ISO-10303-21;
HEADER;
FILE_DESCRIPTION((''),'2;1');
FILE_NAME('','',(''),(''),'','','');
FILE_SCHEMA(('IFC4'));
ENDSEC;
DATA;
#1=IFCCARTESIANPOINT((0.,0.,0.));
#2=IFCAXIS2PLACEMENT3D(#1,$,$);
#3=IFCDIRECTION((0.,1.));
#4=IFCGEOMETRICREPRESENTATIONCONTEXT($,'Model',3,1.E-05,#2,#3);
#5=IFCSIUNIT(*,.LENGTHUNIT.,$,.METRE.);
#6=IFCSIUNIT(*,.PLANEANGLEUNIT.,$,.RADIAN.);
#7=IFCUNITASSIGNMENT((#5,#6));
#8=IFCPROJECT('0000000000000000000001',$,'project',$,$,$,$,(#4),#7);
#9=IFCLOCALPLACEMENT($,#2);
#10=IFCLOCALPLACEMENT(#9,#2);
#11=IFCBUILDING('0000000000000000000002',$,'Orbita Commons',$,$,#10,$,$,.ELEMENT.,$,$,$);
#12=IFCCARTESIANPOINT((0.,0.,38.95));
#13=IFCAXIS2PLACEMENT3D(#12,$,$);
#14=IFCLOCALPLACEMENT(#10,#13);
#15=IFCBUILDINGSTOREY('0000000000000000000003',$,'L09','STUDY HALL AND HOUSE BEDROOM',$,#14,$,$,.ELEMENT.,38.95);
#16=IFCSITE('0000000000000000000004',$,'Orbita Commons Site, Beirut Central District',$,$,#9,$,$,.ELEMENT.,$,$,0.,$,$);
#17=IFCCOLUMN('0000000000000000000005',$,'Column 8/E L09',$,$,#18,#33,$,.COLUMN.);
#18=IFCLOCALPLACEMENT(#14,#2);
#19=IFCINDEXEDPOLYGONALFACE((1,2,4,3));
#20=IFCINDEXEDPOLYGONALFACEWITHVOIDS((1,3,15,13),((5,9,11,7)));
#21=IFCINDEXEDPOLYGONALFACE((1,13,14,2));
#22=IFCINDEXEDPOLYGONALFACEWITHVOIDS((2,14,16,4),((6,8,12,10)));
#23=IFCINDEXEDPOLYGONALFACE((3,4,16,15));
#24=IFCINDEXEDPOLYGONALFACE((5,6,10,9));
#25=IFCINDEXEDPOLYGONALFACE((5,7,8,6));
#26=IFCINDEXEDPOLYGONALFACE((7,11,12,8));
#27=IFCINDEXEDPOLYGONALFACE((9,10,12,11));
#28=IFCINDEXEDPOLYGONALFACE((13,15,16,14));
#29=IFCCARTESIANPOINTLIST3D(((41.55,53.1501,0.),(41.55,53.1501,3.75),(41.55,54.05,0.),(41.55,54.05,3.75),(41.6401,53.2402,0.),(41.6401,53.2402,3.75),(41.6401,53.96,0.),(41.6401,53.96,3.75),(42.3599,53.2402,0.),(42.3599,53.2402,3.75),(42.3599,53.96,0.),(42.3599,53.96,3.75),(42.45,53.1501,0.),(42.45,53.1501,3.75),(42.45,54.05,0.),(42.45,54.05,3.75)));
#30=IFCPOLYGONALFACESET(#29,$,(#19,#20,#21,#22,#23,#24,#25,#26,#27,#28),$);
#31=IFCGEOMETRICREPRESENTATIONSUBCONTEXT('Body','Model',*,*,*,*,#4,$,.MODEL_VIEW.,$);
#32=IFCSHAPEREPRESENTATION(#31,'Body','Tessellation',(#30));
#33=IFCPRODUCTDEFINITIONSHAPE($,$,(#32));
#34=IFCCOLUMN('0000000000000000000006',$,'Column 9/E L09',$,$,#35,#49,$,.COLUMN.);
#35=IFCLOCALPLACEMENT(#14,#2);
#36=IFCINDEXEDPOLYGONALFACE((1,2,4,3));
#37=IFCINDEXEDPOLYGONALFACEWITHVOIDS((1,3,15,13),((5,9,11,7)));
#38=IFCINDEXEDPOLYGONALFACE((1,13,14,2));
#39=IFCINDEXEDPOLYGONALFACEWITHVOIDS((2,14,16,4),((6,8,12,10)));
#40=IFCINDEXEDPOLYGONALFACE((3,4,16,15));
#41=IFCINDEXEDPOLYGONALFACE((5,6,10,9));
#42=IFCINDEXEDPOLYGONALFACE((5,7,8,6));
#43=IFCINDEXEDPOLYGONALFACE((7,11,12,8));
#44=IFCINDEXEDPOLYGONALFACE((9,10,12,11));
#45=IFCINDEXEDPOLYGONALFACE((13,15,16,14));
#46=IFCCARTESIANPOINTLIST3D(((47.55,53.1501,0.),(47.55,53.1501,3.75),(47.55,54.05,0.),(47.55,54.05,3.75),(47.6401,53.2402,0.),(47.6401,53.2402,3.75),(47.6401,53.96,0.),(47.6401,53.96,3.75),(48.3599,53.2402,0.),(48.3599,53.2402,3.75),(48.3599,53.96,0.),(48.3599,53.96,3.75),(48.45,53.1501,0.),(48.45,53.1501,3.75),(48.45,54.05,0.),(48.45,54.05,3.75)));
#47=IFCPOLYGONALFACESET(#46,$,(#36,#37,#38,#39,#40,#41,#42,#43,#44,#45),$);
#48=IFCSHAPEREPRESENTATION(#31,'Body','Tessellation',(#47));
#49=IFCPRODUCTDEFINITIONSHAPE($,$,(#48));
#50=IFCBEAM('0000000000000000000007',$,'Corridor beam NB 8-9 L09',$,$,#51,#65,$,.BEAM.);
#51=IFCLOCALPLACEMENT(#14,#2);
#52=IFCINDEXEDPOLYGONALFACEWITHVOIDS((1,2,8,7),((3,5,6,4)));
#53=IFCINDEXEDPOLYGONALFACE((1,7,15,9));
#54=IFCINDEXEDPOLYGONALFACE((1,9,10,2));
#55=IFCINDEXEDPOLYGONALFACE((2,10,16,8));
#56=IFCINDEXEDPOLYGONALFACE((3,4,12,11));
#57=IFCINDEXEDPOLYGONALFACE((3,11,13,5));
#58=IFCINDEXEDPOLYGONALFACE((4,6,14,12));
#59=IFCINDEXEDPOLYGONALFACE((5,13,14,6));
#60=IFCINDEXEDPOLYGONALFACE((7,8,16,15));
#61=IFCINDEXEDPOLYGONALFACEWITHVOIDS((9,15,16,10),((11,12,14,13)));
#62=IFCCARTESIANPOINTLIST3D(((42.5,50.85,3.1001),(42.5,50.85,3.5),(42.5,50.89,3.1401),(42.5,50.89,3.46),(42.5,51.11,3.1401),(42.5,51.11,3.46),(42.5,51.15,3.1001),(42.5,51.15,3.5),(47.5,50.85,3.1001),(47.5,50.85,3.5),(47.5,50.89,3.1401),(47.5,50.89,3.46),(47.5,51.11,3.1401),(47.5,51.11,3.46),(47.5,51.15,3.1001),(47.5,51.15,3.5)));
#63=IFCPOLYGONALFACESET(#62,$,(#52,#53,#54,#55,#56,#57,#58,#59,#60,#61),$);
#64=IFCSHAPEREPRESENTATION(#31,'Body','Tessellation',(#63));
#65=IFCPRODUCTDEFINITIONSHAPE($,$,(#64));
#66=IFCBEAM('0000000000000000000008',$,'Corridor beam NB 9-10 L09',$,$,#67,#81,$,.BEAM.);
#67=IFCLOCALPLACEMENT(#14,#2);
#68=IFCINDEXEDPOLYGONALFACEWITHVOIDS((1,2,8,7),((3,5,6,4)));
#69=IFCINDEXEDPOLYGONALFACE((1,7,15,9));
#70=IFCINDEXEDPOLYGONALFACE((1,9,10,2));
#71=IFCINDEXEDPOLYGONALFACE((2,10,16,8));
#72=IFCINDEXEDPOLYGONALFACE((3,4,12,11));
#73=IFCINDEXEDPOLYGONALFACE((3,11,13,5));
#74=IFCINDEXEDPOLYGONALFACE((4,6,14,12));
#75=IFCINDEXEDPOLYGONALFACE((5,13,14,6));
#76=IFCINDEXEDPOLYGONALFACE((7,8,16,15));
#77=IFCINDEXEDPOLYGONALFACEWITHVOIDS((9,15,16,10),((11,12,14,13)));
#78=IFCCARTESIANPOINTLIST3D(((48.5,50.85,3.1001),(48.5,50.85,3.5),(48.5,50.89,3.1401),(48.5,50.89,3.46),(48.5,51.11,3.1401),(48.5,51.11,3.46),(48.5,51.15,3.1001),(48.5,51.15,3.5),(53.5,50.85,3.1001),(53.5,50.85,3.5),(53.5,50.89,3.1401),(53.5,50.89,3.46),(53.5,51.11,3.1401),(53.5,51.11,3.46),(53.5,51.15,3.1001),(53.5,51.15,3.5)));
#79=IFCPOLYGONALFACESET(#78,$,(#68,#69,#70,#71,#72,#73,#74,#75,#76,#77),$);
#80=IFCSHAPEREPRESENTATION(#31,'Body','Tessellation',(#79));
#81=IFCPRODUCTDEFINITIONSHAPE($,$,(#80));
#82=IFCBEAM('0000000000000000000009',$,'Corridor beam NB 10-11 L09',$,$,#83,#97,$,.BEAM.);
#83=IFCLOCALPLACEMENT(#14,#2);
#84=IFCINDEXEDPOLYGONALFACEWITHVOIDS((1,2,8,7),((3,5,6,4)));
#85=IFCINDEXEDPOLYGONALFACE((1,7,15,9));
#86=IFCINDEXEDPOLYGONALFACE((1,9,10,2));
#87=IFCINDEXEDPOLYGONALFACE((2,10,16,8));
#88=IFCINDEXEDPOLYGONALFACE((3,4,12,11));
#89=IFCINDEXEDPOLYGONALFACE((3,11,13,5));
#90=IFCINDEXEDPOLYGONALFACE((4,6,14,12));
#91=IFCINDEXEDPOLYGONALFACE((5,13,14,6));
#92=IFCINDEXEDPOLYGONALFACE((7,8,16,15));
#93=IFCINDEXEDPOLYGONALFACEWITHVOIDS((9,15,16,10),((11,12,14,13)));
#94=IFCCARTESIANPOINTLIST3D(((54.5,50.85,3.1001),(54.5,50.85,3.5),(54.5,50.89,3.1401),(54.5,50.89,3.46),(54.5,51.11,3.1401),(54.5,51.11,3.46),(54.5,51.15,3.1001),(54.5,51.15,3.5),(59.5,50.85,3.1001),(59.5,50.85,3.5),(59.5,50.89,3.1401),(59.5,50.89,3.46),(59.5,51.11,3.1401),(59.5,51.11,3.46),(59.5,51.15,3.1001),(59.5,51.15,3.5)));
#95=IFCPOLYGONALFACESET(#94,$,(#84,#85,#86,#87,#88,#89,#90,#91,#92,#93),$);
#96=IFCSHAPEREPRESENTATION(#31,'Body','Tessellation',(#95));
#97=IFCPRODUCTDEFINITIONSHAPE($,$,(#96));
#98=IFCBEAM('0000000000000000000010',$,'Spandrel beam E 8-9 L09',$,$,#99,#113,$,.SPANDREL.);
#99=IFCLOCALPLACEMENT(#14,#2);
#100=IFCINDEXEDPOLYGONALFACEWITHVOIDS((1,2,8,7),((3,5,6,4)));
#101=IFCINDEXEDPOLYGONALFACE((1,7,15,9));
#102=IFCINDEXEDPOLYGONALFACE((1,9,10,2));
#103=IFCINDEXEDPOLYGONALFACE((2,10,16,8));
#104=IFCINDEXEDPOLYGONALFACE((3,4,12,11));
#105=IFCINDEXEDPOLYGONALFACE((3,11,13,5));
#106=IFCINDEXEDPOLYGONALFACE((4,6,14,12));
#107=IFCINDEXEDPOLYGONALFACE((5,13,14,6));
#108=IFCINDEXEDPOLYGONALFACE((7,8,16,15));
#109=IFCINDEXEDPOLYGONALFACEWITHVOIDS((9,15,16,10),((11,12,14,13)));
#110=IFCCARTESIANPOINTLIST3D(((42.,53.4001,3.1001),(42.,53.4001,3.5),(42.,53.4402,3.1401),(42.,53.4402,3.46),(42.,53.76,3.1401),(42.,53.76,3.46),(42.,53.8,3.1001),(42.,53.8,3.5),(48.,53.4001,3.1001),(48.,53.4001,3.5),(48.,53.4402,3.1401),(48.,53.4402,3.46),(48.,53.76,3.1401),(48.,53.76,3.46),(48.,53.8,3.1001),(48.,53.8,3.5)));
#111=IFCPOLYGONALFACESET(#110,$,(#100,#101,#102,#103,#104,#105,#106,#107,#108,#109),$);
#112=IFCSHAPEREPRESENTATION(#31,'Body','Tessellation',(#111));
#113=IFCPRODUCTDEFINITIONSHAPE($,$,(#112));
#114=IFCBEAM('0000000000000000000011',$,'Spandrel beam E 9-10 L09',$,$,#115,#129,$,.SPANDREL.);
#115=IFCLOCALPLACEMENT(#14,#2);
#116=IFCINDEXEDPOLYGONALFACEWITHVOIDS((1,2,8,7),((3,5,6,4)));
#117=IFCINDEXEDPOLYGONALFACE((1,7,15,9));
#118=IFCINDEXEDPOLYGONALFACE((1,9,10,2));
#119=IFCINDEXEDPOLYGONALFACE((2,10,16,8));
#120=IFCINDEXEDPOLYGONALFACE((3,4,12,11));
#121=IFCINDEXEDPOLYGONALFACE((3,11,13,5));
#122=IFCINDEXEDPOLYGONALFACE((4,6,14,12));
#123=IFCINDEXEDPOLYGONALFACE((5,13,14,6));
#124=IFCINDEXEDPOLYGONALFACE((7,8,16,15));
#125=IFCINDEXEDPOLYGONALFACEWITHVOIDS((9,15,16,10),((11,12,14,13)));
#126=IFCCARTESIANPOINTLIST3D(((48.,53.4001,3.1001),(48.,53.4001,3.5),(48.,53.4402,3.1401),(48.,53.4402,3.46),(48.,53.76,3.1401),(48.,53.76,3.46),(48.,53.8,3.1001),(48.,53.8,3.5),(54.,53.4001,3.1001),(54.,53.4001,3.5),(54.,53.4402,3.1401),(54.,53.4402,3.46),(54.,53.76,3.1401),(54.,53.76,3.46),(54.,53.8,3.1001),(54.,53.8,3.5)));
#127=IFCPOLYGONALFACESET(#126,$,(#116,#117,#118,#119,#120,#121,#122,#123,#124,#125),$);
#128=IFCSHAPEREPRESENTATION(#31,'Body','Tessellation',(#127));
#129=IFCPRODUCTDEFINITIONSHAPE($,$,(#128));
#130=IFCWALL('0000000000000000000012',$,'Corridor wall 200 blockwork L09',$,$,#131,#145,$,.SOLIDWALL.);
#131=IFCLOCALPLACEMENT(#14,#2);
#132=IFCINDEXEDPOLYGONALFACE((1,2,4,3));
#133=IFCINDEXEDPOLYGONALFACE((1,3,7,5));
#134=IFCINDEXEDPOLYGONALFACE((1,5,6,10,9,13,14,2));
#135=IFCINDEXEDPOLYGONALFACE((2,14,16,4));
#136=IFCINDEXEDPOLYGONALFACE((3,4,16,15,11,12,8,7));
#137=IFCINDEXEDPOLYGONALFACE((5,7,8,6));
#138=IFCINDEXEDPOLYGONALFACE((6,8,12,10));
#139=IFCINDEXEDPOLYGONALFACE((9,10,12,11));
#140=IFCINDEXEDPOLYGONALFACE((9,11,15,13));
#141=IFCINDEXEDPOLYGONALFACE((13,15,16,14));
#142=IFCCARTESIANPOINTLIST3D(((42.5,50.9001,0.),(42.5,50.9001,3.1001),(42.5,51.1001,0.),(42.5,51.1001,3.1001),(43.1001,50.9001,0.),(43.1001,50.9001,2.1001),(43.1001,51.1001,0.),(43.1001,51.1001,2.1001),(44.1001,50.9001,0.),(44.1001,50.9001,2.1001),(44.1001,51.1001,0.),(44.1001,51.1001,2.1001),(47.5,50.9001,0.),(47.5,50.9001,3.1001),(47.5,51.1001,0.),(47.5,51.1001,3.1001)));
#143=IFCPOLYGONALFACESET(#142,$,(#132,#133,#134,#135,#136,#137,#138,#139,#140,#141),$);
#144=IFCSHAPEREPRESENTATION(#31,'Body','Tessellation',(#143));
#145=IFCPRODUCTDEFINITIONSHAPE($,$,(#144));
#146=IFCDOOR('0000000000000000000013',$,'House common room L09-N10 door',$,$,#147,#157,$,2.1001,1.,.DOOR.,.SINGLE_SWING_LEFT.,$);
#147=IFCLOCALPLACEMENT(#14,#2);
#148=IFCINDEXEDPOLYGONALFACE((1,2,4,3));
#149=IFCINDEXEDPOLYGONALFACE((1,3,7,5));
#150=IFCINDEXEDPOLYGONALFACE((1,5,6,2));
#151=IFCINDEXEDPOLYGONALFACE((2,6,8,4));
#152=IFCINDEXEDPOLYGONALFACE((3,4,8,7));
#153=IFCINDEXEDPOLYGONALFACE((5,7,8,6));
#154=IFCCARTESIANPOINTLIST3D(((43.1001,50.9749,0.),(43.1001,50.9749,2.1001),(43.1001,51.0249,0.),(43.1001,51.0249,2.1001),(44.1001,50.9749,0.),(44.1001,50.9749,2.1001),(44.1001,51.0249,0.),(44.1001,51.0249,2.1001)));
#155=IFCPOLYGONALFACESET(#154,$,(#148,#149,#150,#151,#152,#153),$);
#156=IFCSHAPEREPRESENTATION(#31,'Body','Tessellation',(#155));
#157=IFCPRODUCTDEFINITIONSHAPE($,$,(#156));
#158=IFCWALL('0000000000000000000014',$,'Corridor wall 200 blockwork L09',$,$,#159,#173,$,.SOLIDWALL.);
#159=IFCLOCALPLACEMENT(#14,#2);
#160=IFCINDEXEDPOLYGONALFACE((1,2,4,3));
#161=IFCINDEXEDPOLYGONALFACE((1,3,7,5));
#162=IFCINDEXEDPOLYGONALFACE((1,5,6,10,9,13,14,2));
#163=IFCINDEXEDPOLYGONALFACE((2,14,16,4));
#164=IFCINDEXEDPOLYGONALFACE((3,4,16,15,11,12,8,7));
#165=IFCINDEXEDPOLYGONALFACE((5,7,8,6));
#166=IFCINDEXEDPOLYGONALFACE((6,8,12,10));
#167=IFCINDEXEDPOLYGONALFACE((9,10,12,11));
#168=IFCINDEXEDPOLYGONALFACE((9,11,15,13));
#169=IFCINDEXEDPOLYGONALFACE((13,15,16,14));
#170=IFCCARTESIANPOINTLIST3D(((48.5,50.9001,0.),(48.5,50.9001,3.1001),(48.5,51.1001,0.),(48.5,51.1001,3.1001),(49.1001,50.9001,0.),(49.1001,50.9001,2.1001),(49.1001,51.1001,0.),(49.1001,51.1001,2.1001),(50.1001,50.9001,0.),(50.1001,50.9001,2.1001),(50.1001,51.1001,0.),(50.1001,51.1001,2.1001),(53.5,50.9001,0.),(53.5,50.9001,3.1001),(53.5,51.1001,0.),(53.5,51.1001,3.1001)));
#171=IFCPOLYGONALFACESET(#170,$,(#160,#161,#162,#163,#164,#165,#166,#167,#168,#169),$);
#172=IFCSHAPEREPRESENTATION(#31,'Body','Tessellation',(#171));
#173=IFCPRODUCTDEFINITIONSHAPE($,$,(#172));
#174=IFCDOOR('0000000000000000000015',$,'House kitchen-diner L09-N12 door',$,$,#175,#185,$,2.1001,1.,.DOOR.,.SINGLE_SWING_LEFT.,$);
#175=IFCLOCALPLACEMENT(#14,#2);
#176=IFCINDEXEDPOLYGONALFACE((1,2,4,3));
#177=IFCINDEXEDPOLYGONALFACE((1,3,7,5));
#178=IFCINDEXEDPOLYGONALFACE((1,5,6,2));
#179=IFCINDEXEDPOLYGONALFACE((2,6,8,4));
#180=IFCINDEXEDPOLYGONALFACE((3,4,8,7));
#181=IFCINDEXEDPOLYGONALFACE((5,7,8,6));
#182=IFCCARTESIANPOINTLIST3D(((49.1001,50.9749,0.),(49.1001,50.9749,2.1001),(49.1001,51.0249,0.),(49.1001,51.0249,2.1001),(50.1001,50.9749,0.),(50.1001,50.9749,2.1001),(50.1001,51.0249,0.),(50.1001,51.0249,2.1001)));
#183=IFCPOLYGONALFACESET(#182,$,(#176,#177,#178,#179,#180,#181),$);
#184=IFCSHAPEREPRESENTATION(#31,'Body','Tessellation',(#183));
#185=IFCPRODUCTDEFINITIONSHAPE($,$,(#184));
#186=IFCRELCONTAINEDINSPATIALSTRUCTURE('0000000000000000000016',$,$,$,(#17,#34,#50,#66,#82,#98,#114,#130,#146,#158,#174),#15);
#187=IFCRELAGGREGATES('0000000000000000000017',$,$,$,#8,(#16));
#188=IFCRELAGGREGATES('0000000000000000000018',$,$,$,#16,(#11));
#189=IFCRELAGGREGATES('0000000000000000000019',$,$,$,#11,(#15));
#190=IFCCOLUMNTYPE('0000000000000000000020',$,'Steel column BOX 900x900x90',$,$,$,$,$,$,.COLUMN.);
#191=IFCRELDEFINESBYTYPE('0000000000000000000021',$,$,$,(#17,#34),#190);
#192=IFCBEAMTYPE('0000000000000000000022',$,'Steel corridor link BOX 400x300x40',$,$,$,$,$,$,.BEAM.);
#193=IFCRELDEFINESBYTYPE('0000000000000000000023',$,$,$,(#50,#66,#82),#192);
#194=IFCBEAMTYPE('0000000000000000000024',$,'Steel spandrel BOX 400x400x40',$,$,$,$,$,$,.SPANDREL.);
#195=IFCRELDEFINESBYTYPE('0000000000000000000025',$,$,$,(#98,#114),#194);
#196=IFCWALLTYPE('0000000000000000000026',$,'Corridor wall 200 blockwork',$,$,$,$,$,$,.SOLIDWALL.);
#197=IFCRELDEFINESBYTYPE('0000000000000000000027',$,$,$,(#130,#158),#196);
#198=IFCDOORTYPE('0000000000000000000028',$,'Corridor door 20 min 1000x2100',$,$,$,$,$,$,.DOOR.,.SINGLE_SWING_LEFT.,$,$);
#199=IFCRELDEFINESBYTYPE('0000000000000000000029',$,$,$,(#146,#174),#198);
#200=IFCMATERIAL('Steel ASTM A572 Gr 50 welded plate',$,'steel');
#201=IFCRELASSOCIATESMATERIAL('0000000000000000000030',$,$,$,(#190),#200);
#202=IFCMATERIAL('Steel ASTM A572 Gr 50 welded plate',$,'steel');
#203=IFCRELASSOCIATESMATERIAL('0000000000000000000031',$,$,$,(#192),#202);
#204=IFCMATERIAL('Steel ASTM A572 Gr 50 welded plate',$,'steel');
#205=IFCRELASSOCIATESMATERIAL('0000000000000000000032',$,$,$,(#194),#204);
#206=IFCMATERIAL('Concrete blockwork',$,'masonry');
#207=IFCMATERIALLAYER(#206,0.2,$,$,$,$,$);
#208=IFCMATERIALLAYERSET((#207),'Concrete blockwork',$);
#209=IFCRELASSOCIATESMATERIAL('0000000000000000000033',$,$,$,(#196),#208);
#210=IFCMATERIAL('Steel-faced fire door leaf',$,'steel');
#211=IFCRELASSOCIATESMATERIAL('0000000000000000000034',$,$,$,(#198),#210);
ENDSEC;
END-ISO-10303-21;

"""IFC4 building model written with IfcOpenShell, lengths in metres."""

from ifc_helpers import new_model, si_unit, direction, frame, frame_2d, origin, origin_2d, place, context, subcontext, project, spatial, polyline, rectangle, hollow_rectangle, outline, extrude, material, layer, layer_set, material_profile, profile_set, type_object, element, fill, save


model = new_model("IFC4")

# Units and contexts
model_context = context("Model", 3, precision=1e-05, world=origin(), true_north=direction((0.0, 1.0)))
body_context = subcontext(model_context, "Body", "Model", "MODEL_VIEW")
ifc_project = project(units=[si_unit("LENGTHUNIT", "METRE"), si_unit("PLANEANGLEUNIT", "RADIAN")], contexts=[model_context])

# Site, building, storey
site_placement = place(None, origin())
site = spatial("IfcSite", under=ifc_project, at=site_placement, Name="Orbita Commons Site, Beirut Central District", CompositionType="ELEMENT", RefElevation=0.0)
building_placement = place(site_placement, origin())
building = spatial("IfcBuilding", under=site, at=building_placement, Name="Orbita Commons", CompositionType="ELEMENT")
storey_placement = place(building_placement, frame((0.0, 0.0, 38.95)))
storey = spatial("IfcBuildingStorey", under=building, at=storey_placement, Name="L09", Description="STUDY HALL AND HOUSE BEDROOM", CompositionType="ELEMENT", Elevation=38.95)

# Columns
ifc_material_1 = material(Name="Steel ASTM A572 Gr 50 welded plate", Category="steel")
ifc_material_profile_1 = material_profile(ifc_material_1, hollow_rectangle(XDim=0.8999, YDim=0.8999, WallThickness=0.0901, at=origin_2d()), Name="BOX 900x900x90")
ifc_profile_set_1 = profile_set([ifc_material_profile_1], Name="Steel ASTM A572 Gr 50 welded plate")
column_type = type_object("IfcColumnType", Name="Steel column BOX 900x900x90", PredefinedType="COLUMN", material=ifc_profile_set_1)
for number, where, z_axis, x_axis, name in (
    (1, (42.0, 53.6001, 0.0), (0.0, 0.0, 1.0), (1.0, 0.0, 0.0), "Column 8/E L09"),
    (2, (48.0, 53.6001, 0.0), (0.0, 0.0, 1.0), (1.0, 0.0, 0.0), "Column 9/E L09"),
):
    element("IfcColumn", number, at=place(storey_placement, frame(where, z_axis=z_axis, x_axis=x_axis)), inside=storey, type_object=column_type, Name=name, PredefinedType="COLUMN", context=body_context, shape_type="SweptSolid", body=[
        extrude(hollow_rectangle(XDim=0.8999, YDim=0.8999, WallThickness=0.0901, at=origin_2d()), origin(), (0.0, 0.0, 1.0), 3.75),
    ])

# Beams
ifc_material_2 = material(Name="Steel ASTM A572 Gr 50 welded plate", Category="steel")
ifc_material_profile_2 = material_profile(ifc_material_2, hollow_rectangle(XDim=0.3, YDim=0.3999, WallThickness=0.04, at=origin_2d()), Name="BOX 400x300x40")
ifc_profile_set_2 = profile_set([ifc_material_profile_2], Name="Steel ASTM A572 Gr 50 welded plate")
beam_type_1 = type_object("IfcBeamType", Name="Steel corridor link BOX 400x300x40", PredefinedType="BEAM", material=ifc_profile_set_2)
for number, where, z_axis, x_axis, name in (
    (3, (42.5, 51.0, 3.3), (1.0, 0.0, 0.0), (0.0, 1.0, 0.0), "Corridor beam NB 8-9 L09"),
    (4, (48.5, 51.0, 3.3), (1.0, 0.0, 0.0), (0.0, 1.0, 0.0), "Corridor beam NB 9-10 L09"),
    (5, (54.5, 51.0, 3.3), (1.0, 0.0, 0.0), (0.0, 1.0, 0.0), "Corridor beam NB 10-11 L09"),
):
    element("IfcBeam", number, at=place(storey_placement, frame(where, z_axis=z_axis, x_axis=x_axis)), inside=storey, type_object=beam_type_1, Name=name, PredefinedType="BEAM", context=body_context, shape_type="SweptSolid", body=[
        extrude(hollow_rectangle(XDim=0.3, YDim=0.3999, WallThickness=0.04, at=origin_2d()), origin(), (0.0, 0.0, 1.0), 5.0),
    ])
ifc_material_3 = material(Name="Steel ASTM A572 Gr 50 welded plate", Category="steel")
ifc_material_profile_3 = material_profile(ifc_material_3, hollow_rectangle(XDim=0.3999, YDim=0.3999, WallThickness=0.04, at=origin_2d()), Name="BOX 400x400x40")
ifc_profile_set_3 = profile_set([ifc_material_profile_3], Name="Steel ASTM A572 Gr 50 welded plate")
beam_type_2 = type_object("IfcBeamType", Name="Steel spandrel BOX 400x400x40", PredefinedType="SPANDREL", material=ifc_profile_set_3)
for number, where, z_axis, x_axis, name in (
    (6, (42.0, 53.6001, 3.3), (1.0, 0.0, 0.0), (0.0, 1.0, 0.0), "Spandrel beam E 8-9 L09"),
    (7, (48.0, 53.6001, 3.3), (1.0, 0.0, 0.0), (0.0, 1.0, 0.0), "Spandrel beam E 9-10 L09"),
):
    element("IfcBeam", number, at=place(storey_placement, frame(where, z_axis=z_axis, x_axis=x_axis)), inside=storey, type_object=beam_type_2, Name=name, PredefinedType="SPANDREL", context=body_context, shape_type="SweptSolid", body=[
        extrude(hollow_rectangle(XDim=0.3999, YDim=0.3999, WallThickness=0.04, at=origin_2d()), origin(), (0.0, 0.0, 1.0), 6.0),
    ])

# Walls, openings, doors
ifc_material_4 = material(Name="Concrete blockwork", Category="masonry")
ifc_layer_1 = layer(ifc_material_4, 0.2)
ifc_layer_set_1 = layer_set([ifc_layer_1], Name="Concrete blockwork")
wall_type_1 = type_object("IfcWallType", Name="Corridor wall 200 blockwork", PredefinedType="SOLIDWALL", material=ifc_layer_set_1)
wall_1_placement = place(storey_placement, frame((42.5, 51.0, 0.0), z_axis=(0.0, 0.0, 1.0), x_axis=(1.0, 0.0, 0.0)))
wall_1 = element("IfcWall", 8, at=wall_1_placement, inside=storey, type_object=wall_type_1, Name="Corridor wall 200 blockwork L09", PredefinedType="SOLIDWALL", context=body_context, shape_type="SweptSolid", body=[
    extrude(outline(polyline([(0.0, 0.0), (5.0, 0.0), (5.0, 3.1001), (0.0, 3.1001), (0.0, 0.0)])), frame((0.0, 0.1001, 0.0), z_axis=(0.0, -1.0, 0.0), x_axis=(1.0, 0.0, 0.0)), (0.0, 0.0, 1.0), 0.2),
])
opening_1_placement = place(wall_1_placement, frame((0.6001, 0.0, 0.0)))
opening_1 = element("IfcOpeningElement", 9, at=opening_1_placement, cuts=wall_1, PredefinedType="OPENING", context=body_context, shape_type="SweptSolid", body=[
    extrude(rectangle(XDim=1.0, YDim=2.1001, at=frame_2d((0.5, 1.05))), frame((0.0, 0.1099, 0.0), z_axis=(0.0, -1.0, 0.0), x_axis=(1.0, 0.0, 0.0)), (0.0, 0.0, 1.0), 0.22),
])
ifc_material_5 = material(Name="Steel-faced fire door leaf", Category="steel")
door_type_1 = type_object("IfcDoorType", Name="Corridor door 20 min 1000x2100", OperationType="SINGLE_SWING_LEFT", PredefinedType="DOOR", material=ifc_material_5)
door_1_placement = place(opening_1_placement, origin())
door_1 = element("IfcDoor", 10, at=door_1_placement, inside=storey, type_object=door_type_1, Name="House common room L09-N10 door", OperationType="SINGLE_SWING_LEFT", OverallHeight=2.1001, OverallWidth=1.0, PredefinedType="DOOR", context=body_context, shape_type="SweptSolid", body=[
    extrude(rectangle(XDim=1.0, YDim=2.1001, at=frame_2d((0.5, 1.05))), frame((0.0, 0.0249, 0.0), z_axis=(0.0, -1.0, 0.0), x_axis=(1.0, 0.0, 0.0)), (0.0, 0.0, 1.0), 0.05),
])
fill(opening_1, door_1)
wall_2_placement = place(storey_placement, frame((48.5, 51.0, 0.0), z_axis=(0.0, 0.0, 1.0), x_axis=(1.0, 0.0, 0.0)))
wall_2 = element("IfcWall", 11, at=wall_2_placement, inside=storey, type_object=wall_type_1, Name="Corridor wall 200 blockwork L09", PredefinedType="SOLIDWALL", context=body_context, shape_type="SweptSolid", body=[
    extrude(outline(polyline([(0.0, 0.0), (5.0, 0.0), (5.0, 3.1001), (0.0, 3.1001), (0.0, 0.0)])), frame((0.0, 0.1001, 0.0), z_axis=(0.0, -1.0, 0.0), x_axis=(1.0, 0.0, 0.0)), (0.0, 0.0, 1.0), 0.2),
])
opening_2_placement = place(wall_2_placement, frame((0.6001, 0.0, 0.0)))
opening_2 = element("IfcOpeningElement", 12, at=opening_2_placement, cuts=wall_2, PredefinedType="OPENING", context=body_context, shape_type="SweptSolid", body=[
    extrude(rectangle(XDim=1.0, YDim=2.1001, at=frame_2d((0.5, 1.05))), frame((0.0, 0.1099, 0.0), z_axis=(0.0, -1.0, 0.0), x_axis=(1.0, 0.0, 0.0)), (0.0, 0.0, 1.0), 0.22),
])
door_2_placement = place(opening_2_placement, origin())
door_2 = element("IfcDoor", 13, at=door_2_placement, inside=storey, type_object=door_type_1, Name="House kitchen-diner L09-N12 door", OperationType="SINGLE_SWING_LEFT", OverallHeight=2.1001, OverallWidth=1.0, PredefinedType="DOOR", context=body_context, shape_type="SweptSolid", body=[
    extrude(rectangle(XDim=1.0, YDim=2.1001, at=frame_2d((0.5, 1.05))), frame((0.0, 0.0249, 0.0), z_axis=(0.0, -1.0, 0.0), x_axis=(1.0, 0.0, 0.0)), (0.0, 0.0, 1.0), 0.05),
])
fill(opening_2, door_2)

save(model, "model.ifc")
